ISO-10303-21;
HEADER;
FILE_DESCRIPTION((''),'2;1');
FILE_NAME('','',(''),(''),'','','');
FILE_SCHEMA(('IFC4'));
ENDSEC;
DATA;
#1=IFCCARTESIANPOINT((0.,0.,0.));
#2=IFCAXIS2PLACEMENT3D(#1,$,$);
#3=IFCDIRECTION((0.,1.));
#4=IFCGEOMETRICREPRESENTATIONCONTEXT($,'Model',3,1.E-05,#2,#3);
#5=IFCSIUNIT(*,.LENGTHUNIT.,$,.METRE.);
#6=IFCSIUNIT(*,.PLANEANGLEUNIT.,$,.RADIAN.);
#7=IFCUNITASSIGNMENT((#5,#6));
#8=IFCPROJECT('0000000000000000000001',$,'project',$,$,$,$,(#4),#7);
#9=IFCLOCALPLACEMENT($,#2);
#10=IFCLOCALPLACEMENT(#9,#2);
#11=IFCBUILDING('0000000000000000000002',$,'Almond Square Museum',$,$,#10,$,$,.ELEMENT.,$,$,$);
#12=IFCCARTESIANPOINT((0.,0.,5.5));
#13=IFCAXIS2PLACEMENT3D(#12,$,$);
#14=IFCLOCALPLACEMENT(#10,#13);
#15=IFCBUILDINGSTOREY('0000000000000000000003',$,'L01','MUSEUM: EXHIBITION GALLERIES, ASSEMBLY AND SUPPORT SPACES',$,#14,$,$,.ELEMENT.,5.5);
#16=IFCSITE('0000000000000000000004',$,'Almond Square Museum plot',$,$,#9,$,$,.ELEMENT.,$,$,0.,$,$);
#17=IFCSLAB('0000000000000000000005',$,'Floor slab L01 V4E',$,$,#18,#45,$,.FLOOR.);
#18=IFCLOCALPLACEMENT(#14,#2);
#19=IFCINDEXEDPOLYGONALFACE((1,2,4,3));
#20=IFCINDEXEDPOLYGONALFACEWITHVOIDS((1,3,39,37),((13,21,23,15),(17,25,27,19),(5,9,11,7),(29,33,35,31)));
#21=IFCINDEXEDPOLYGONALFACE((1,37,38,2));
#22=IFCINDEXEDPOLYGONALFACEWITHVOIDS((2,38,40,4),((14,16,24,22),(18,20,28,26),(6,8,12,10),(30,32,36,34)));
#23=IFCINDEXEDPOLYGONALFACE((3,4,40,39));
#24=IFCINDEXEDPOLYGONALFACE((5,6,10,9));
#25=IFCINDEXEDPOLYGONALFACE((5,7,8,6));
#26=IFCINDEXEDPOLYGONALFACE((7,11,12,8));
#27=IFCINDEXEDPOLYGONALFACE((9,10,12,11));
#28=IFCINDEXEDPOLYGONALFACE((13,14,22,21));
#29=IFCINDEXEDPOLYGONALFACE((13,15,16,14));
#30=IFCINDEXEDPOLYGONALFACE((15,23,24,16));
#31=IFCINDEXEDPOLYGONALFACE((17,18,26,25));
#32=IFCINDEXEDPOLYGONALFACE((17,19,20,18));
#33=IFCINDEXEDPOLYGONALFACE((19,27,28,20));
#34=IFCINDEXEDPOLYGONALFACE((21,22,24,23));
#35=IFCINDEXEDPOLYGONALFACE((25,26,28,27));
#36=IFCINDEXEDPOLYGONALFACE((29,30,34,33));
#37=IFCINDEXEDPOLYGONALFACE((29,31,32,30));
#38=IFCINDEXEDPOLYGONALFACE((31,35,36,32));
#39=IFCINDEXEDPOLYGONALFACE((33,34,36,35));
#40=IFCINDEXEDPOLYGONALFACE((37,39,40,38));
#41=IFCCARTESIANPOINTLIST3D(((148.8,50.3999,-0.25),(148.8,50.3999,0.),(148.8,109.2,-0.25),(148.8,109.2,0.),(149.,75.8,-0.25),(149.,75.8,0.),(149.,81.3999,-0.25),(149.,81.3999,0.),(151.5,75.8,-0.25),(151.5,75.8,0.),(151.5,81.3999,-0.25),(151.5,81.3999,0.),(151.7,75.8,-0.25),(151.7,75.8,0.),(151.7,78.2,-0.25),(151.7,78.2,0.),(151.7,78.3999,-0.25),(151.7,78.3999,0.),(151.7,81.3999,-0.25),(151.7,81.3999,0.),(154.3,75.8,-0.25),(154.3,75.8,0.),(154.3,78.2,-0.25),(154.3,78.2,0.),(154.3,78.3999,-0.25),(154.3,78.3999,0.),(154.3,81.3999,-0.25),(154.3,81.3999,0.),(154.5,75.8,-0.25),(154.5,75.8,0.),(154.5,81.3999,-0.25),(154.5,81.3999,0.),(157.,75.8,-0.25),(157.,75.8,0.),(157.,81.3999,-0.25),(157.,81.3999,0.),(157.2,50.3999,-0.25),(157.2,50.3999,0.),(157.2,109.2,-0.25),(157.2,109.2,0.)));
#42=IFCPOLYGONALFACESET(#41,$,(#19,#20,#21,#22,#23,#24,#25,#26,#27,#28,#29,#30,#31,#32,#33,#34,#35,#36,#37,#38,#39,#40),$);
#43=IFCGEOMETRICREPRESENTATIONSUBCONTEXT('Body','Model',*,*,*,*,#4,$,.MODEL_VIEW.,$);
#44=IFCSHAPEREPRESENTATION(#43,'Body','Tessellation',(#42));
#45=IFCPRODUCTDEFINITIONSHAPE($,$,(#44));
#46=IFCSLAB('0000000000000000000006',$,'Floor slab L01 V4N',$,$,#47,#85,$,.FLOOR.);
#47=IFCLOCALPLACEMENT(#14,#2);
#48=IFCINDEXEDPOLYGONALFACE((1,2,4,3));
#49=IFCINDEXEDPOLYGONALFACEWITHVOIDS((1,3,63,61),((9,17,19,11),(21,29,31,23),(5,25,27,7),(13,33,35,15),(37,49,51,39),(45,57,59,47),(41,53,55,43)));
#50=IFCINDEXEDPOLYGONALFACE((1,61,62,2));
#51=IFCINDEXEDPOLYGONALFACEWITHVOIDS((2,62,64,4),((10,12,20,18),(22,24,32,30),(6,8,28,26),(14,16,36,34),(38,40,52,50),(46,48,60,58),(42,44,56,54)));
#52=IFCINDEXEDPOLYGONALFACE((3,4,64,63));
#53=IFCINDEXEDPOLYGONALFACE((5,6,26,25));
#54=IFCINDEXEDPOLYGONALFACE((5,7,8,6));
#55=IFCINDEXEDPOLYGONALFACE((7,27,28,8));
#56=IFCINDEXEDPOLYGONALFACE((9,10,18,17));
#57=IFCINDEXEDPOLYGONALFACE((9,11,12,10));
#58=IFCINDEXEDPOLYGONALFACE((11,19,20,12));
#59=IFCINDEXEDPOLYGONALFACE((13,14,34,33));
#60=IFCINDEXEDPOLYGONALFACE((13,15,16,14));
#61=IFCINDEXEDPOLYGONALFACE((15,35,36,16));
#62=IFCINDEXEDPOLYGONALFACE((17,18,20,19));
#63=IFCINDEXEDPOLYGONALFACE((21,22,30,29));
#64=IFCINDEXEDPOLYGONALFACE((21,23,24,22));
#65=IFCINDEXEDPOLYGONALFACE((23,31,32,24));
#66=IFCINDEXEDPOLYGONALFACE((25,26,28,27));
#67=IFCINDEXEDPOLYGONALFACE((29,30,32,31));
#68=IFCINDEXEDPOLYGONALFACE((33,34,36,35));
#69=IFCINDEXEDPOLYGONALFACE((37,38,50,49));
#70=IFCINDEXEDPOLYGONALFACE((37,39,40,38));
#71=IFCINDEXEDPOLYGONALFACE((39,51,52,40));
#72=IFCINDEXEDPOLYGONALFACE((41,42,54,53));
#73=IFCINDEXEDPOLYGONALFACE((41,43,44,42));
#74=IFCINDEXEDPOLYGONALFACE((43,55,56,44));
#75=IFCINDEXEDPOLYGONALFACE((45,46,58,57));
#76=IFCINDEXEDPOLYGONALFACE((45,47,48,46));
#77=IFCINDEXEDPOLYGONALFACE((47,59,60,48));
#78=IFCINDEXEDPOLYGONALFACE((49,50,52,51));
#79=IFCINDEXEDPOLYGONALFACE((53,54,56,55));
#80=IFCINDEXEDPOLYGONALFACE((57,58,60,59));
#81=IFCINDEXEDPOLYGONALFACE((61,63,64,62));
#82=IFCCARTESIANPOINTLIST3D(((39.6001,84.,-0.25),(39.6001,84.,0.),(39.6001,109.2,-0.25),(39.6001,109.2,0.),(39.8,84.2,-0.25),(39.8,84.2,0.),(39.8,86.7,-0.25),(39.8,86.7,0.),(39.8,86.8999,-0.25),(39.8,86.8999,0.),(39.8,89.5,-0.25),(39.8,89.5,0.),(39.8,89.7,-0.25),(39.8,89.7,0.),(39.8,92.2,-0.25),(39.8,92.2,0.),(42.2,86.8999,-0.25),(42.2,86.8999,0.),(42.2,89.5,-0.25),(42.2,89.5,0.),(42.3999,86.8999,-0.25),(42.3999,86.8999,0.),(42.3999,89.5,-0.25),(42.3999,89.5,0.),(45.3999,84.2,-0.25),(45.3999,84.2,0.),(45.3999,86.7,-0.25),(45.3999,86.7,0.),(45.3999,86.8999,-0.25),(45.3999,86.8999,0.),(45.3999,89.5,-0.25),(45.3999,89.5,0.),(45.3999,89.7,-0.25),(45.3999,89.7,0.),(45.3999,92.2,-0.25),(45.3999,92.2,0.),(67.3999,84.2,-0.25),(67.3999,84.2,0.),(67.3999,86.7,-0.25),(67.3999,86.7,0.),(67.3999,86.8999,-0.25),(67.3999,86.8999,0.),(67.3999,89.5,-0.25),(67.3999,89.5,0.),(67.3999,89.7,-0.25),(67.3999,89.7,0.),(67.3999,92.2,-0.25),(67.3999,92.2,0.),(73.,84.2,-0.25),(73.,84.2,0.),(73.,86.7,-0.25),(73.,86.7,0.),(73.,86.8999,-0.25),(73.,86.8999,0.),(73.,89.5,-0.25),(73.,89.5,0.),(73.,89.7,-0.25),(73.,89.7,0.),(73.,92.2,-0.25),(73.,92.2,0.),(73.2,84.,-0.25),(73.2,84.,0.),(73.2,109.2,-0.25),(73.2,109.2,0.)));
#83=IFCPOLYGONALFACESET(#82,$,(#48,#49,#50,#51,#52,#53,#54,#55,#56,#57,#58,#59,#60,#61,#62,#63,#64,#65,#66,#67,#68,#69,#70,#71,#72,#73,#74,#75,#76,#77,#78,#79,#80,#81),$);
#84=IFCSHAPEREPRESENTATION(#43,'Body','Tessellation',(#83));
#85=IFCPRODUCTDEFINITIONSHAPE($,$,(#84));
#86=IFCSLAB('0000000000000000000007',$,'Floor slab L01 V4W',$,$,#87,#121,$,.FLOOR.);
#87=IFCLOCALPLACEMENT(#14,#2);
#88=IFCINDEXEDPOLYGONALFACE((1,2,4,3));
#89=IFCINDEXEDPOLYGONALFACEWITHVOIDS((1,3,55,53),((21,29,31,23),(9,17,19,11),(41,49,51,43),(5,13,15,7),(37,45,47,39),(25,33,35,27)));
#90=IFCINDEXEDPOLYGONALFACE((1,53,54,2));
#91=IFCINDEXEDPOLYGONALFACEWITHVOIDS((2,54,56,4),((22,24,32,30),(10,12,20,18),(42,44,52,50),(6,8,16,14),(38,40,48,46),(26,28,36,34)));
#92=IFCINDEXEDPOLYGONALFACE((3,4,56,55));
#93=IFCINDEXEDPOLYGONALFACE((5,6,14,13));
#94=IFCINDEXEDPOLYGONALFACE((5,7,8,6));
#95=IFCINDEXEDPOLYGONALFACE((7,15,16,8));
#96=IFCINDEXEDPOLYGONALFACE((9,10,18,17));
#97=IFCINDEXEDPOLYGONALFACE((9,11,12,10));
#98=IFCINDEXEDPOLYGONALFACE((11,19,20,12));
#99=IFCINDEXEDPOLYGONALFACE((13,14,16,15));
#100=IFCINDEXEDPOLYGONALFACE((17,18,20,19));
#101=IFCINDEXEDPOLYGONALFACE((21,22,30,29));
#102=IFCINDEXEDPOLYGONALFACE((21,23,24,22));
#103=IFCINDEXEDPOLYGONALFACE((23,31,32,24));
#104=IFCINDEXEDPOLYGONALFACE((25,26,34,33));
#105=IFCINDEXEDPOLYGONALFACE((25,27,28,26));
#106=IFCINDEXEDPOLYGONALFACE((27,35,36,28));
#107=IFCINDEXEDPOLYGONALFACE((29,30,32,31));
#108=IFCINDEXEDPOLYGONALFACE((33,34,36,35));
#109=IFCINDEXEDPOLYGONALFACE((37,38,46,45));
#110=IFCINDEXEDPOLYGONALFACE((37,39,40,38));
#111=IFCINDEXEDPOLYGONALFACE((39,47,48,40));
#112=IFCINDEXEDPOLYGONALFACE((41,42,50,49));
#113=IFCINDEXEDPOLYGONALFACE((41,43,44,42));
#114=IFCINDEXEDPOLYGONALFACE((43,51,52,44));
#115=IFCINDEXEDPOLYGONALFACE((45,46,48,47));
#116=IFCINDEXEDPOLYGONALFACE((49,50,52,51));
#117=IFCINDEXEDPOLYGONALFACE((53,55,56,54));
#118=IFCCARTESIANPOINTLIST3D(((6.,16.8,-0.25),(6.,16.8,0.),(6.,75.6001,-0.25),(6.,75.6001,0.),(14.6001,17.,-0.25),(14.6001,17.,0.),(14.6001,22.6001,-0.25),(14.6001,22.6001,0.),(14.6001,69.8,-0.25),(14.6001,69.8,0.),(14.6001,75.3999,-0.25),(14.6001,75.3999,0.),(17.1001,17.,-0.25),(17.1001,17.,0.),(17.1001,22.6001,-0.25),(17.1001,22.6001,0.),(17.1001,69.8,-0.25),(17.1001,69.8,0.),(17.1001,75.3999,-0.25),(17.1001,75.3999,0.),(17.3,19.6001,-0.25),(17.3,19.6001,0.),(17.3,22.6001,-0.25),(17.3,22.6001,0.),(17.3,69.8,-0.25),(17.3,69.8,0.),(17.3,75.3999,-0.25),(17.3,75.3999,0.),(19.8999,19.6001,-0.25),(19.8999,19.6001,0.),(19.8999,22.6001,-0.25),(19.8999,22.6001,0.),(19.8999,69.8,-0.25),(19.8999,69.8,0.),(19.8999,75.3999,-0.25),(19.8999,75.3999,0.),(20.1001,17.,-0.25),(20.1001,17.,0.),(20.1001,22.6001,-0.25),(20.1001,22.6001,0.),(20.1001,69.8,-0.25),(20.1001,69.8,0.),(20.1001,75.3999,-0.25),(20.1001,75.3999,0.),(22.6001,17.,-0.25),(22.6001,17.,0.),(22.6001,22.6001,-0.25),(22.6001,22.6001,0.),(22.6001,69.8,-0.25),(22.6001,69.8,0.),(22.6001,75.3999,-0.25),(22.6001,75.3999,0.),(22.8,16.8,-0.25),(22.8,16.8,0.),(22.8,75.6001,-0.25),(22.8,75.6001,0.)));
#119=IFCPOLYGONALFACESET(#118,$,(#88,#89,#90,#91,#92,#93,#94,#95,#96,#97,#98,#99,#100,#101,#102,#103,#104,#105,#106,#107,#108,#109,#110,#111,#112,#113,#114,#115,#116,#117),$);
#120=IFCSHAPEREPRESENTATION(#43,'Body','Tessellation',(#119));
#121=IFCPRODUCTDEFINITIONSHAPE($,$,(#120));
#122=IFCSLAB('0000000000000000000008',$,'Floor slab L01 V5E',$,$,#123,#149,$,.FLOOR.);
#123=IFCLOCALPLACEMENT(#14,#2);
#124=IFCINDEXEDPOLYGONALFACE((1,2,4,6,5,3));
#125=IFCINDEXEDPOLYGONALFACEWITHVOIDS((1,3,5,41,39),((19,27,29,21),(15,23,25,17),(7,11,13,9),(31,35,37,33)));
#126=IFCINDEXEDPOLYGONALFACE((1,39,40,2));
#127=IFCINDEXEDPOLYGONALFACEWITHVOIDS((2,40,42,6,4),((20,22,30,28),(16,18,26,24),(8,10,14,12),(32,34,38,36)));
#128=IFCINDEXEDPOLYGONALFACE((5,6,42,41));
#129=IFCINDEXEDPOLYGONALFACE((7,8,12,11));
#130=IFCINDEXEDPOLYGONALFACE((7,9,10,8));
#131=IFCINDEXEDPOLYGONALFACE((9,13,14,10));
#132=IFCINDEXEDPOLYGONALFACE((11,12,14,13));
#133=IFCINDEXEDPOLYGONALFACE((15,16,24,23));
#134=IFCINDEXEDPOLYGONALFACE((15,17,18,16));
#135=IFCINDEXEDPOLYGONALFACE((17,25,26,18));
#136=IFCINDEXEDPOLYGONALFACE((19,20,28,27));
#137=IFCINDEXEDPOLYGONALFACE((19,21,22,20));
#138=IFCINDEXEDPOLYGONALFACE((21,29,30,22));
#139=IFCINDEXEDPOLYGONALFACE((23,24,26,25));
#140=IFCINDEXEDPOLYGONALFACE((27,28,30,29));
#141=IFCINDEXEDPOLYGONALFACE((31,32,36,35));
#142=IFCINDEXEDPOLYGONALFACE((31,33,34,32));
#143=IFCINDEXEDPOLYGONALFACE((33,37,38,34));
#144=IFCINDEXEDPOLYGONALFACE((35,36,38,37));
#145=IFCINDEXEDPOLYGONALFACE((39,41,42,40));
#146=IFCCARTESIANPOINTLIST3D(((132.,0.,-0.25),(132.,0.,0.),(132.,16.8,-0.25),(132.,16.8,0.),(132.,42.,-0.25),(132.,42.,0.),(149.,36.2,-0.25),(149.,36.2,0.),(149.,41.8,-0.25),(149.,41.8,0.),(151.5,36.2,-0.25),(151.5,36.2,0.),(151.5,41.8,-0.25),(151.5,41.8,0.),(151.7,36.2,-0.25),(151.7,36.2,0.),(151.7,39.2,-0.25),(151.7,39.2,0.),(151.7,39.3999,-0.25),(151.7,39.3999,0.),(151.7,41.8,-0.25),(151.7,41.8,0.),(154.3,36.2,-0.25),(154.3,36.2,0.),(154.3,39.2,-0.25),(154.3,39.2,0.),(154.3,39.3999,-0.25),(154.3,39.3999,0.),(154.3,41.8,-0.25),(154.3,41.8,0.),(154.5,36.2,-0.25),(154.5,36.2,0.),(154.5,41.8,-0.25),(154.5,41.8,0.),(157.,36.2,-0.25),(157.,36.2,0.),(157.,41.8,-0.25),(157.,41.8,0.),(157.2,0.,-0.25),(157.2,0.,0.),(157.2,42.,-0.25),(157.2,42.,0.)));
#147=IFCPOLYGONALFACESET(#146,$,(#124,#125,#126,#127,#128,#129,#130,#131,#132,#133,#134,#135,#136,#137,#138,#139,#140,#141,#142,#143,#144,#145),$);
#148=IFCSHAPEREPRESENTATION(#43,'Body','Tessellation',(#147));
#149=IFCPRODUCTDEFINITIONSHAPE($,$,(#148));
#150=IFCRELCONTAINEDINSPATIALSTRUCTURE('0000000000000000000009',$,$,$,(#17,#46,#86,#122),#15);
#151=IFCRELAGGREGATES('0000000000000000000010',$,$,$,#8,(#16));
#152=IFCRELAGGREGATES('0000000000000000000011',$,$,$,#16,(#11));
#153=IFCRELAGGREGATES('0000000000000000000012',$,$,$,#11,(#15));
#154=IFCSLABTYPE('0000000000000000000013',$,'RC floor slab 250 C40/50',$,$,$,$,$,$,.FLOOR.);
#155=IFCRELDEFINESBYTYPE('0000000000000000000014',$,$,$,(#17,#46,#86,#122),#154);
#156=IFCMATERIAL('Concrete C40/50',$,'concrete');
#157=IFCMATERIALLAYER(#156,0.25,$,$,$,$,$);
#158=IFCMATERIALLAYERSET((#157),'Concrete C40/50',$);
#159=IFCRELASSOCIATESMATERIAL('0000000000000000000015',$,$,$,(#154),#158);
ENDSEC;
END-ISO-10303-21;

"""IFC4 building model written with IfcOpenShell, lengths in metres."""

from ifc_helpers import new_model, si_unit, direction, frame, origin, place, context, subcontext, project, spatial, polyline, outline, extrude, material, layer, layer_set, type_object, element, save


model = new_model("IFC4")

# Units and contexts
model_context = context("Model", 3, precision=1e-05, world=origin(), true_north=direction((0.0, 1.0)))
body_context = subcontext(model_context, "Body", "Model", "MODEL_VIEW")
ifc_project = project(units=[si_unit("LENGTHUNIT", "METRE"), si_unit("PLANEANGLEUNIT", "RADIAN")], contexts=[model_context])

# Site, building, storey
site_placement = place(None, origin())
site = spatial("IfcSite", under=ifc_project, at=site_placement, Name="Almond Square Museum plot", CompositionType="ELEMENT", RefElevation=0.0)
building_placement = place(site_placement, origin())
building = spatial("IfcBuilding", under=site, at=building_placement, Name="Almond Square Museum", CompositionType="ELEMENT")
storey_placement = place(building_placement, frame((0.0, 0.0, 5.5)))
storey = spatial("IfcBuildingStorey", under=building, at=storey_placement, Name="L01", Description="MUSEUM: EXHIBITION GALLERIES, ASSEMBLY AND SUPPORT SPACES", CompositionType="ELEMENT", Elevation=5.5)

# Slabs
ifc_material_1 = material(Name="Concrete C40/50", Category="concrete")
ifc_layer_1 = layer(ifc_material_1, 0.25)
ifc_layer_set_1 = layer_set([ifc_layer_1], Name="Concrete C40/50")
slab_type_1 = type_object("IfcSlabType", Name="RC floor slab 250 C40/50", PredefinedType="FLOOR", material=ifc_layer_set_1)
slab_1_placement = place(storey_placement, frame((0.0, 0.0, -0.25)))
element("IfcSlab", 1, at=slab_1_placement, inside=storey, type_object=slab_type_1, Name="Floor slab L01 V4E", PredefinedType="FLOOR", context=body_context, shape_type="SweptSolid", body=[
    extrude(outline(polyline([(157.2, 109.2), (157.2, 50.3999), (148.8, 50.3999), (148.8, 109.2), (157.2, 109.2)]), holes=[polyline([(151.7, 75.8), (154.3, 75.8), (154.3, 78.2), (151.7, 78.2), (151.7, 75.8)]), polyline([(154.5, 75.8), (157.0, 75.8), (157.0, 81.3999), (154.5, 81.3999), (154.5, 75.8)]), polyline([(149.0, 75.8), (151.5, 75.8), (151.5, 81.3999), (149.0, 81.3999), (149.0, 75.8)]), polyline([(151.7, 78.3999), (154.3, 78.3999), (154.3, 81.3999), (151.7, 81.3999), (151.7, 78.3999)])]), origin(), (0.0, 0.0, 1.0), 0.25),
])
slab_2_placement = place(storey_placement, frame((0.0, 0.0, -0.25)))
element("IfcSlab", 2, at=slab_2_placement, inside=storey, type_object=slab_type_1, Name="Floor slab L01 V4N", PredefinedType="FLOOR", context=body_context, shape_type="SweptSolid", body=[
    extrude(outline(polyline([(39.6001, 84.0), (39.6001, 109.2), (73.2, 109.2), (73.2, 84.0), (39.6001, 84.0)]), holes=[polyline([(39.8, 84.2), (45.3999, 84.2), (45.3999, 86.7), (39.8, 86.7), (39.8, 84.2)]), polyline([(39.8, 86.8999), (42.2, 86.8999), (42.2, 89.5), (39.8, 89.5), (39.8, 86.8999)]), polyline([(42.3999, 86.8999), (45.3999, 86.8999), (45.3999, 89.5), (42.3999, 89.5), (42.3999, 86.8999)]), polyline([(39.8, 89.7), (45.3999, 89.7), (45.3999, 92.2), (39.8, 92.2), (39.8, 89.7)]), polyline([(67.3999, 84.2), (73.0, 84.2), (73.0, 86.7), (67.3999, 86.7), (67.3999, 84.2)]), polyline([(67.3999, 86.8999), (73.0, 86.8999), (73.0, 89.5), (67.3999, 89.5), (67.3999, 86.8999)]), polyline([(67.3999, 89.7), (73.0, 89.7), (73.0, 92.2), (67.3999, 92.2), (67.3999, 89.7)])]), origin(), (0.0, 0.0, 1.0), 0.25),
])
slab_3_placement = place(storey_placement, frame((0.0, 0.0, -0.25)))
element("IfcSlab", 3, at=slab_3_placement, inside=storey, type_object=slab_type_1, Name="Floor slab L01 V4W", PredefinedType="FLOOR", context=body_context, shape_type="SweptSolid", body=[
    extrude(outline(polyline([(22.8, 75.6001), (22.8, 16.8), (6.0, 16.8), (6.0, 75.6001), (22.8, 75.6001)]), holes=[polyline([(20.1001, 17.0), (22.6001, 17.0), (22.6001, 22.6001), (20.1001, 22.6001), (20.1001, 17.0)]), polyline([(14.6001, 17.0), (17.1001, 17.0), (17.1001, 22.6001), (14.6001, 22.6001), (14.6001, 17.0)]), polyline([(17.3, 19.6001), (19.8999, 19.6001), (19.8999, 22.6001), (17.3, 22.6001), (17.3, 19.6001)]), polyline([(17.3, 69.8), (19.8999, 69.8), (19.8999, 75.3999), (17.3, 75.3999), (17.3, 69.8)]), polyline([(22.6001, 69.8), (22.6001, 75.3999), (20.1001, 75.3999), (20.1001, 69.8), (22.6001, 69.8)]), polyline([(14.6001, 69.8), (17.1001, 69.8), (17.1001, 75.3999), (14.6001, 75.3999), (14.6001, 69.8)])]), origin(), (0.0, 0.0, 1.0), 0.25),
])
slab_4_placement = place(storey_placement, frame((0.0, 0.0, -0.25)))
element("IfcSlab", 4, at=slab_4_placement, inside=storey, type_object=slab_type_1, Name="Floor slab L01 V5E", PredefinedType="FLOOR", context=body_context, shape_type="SweptSolid", body=[
    extrude(outline(polyline([(132.0, 16.8), (132.0, 42.0), (157.2, 42.0), (157.2, 0.0), (132.0, 0.0), (132.0, 16.8)]), holes=[polyline([(151.7, 36.2), (154.3, 36.2), (154.3, 39.2), (151.7, 39.2), (151.7, 36.2)]), polyline([(157.0, 36.2), (157.0, 41.8), (154.5, 41.8), (154.5, 36.2), (157.0, 36.2)]), polyline([(149.0, 36.2), (151.5, 36.2), (151.5, 41.8), (149.0, 41.8), (149.0, 36.2)]), polyline([(151.7, 39.3999), (154.3, 39.3999), (154.3, 41.8), (151.7, 41.8), (151.7, 39.3999)])]), origin(), (0.0, 0.0, 1.0), 0.25),
])

save(model, "model.ifc")
